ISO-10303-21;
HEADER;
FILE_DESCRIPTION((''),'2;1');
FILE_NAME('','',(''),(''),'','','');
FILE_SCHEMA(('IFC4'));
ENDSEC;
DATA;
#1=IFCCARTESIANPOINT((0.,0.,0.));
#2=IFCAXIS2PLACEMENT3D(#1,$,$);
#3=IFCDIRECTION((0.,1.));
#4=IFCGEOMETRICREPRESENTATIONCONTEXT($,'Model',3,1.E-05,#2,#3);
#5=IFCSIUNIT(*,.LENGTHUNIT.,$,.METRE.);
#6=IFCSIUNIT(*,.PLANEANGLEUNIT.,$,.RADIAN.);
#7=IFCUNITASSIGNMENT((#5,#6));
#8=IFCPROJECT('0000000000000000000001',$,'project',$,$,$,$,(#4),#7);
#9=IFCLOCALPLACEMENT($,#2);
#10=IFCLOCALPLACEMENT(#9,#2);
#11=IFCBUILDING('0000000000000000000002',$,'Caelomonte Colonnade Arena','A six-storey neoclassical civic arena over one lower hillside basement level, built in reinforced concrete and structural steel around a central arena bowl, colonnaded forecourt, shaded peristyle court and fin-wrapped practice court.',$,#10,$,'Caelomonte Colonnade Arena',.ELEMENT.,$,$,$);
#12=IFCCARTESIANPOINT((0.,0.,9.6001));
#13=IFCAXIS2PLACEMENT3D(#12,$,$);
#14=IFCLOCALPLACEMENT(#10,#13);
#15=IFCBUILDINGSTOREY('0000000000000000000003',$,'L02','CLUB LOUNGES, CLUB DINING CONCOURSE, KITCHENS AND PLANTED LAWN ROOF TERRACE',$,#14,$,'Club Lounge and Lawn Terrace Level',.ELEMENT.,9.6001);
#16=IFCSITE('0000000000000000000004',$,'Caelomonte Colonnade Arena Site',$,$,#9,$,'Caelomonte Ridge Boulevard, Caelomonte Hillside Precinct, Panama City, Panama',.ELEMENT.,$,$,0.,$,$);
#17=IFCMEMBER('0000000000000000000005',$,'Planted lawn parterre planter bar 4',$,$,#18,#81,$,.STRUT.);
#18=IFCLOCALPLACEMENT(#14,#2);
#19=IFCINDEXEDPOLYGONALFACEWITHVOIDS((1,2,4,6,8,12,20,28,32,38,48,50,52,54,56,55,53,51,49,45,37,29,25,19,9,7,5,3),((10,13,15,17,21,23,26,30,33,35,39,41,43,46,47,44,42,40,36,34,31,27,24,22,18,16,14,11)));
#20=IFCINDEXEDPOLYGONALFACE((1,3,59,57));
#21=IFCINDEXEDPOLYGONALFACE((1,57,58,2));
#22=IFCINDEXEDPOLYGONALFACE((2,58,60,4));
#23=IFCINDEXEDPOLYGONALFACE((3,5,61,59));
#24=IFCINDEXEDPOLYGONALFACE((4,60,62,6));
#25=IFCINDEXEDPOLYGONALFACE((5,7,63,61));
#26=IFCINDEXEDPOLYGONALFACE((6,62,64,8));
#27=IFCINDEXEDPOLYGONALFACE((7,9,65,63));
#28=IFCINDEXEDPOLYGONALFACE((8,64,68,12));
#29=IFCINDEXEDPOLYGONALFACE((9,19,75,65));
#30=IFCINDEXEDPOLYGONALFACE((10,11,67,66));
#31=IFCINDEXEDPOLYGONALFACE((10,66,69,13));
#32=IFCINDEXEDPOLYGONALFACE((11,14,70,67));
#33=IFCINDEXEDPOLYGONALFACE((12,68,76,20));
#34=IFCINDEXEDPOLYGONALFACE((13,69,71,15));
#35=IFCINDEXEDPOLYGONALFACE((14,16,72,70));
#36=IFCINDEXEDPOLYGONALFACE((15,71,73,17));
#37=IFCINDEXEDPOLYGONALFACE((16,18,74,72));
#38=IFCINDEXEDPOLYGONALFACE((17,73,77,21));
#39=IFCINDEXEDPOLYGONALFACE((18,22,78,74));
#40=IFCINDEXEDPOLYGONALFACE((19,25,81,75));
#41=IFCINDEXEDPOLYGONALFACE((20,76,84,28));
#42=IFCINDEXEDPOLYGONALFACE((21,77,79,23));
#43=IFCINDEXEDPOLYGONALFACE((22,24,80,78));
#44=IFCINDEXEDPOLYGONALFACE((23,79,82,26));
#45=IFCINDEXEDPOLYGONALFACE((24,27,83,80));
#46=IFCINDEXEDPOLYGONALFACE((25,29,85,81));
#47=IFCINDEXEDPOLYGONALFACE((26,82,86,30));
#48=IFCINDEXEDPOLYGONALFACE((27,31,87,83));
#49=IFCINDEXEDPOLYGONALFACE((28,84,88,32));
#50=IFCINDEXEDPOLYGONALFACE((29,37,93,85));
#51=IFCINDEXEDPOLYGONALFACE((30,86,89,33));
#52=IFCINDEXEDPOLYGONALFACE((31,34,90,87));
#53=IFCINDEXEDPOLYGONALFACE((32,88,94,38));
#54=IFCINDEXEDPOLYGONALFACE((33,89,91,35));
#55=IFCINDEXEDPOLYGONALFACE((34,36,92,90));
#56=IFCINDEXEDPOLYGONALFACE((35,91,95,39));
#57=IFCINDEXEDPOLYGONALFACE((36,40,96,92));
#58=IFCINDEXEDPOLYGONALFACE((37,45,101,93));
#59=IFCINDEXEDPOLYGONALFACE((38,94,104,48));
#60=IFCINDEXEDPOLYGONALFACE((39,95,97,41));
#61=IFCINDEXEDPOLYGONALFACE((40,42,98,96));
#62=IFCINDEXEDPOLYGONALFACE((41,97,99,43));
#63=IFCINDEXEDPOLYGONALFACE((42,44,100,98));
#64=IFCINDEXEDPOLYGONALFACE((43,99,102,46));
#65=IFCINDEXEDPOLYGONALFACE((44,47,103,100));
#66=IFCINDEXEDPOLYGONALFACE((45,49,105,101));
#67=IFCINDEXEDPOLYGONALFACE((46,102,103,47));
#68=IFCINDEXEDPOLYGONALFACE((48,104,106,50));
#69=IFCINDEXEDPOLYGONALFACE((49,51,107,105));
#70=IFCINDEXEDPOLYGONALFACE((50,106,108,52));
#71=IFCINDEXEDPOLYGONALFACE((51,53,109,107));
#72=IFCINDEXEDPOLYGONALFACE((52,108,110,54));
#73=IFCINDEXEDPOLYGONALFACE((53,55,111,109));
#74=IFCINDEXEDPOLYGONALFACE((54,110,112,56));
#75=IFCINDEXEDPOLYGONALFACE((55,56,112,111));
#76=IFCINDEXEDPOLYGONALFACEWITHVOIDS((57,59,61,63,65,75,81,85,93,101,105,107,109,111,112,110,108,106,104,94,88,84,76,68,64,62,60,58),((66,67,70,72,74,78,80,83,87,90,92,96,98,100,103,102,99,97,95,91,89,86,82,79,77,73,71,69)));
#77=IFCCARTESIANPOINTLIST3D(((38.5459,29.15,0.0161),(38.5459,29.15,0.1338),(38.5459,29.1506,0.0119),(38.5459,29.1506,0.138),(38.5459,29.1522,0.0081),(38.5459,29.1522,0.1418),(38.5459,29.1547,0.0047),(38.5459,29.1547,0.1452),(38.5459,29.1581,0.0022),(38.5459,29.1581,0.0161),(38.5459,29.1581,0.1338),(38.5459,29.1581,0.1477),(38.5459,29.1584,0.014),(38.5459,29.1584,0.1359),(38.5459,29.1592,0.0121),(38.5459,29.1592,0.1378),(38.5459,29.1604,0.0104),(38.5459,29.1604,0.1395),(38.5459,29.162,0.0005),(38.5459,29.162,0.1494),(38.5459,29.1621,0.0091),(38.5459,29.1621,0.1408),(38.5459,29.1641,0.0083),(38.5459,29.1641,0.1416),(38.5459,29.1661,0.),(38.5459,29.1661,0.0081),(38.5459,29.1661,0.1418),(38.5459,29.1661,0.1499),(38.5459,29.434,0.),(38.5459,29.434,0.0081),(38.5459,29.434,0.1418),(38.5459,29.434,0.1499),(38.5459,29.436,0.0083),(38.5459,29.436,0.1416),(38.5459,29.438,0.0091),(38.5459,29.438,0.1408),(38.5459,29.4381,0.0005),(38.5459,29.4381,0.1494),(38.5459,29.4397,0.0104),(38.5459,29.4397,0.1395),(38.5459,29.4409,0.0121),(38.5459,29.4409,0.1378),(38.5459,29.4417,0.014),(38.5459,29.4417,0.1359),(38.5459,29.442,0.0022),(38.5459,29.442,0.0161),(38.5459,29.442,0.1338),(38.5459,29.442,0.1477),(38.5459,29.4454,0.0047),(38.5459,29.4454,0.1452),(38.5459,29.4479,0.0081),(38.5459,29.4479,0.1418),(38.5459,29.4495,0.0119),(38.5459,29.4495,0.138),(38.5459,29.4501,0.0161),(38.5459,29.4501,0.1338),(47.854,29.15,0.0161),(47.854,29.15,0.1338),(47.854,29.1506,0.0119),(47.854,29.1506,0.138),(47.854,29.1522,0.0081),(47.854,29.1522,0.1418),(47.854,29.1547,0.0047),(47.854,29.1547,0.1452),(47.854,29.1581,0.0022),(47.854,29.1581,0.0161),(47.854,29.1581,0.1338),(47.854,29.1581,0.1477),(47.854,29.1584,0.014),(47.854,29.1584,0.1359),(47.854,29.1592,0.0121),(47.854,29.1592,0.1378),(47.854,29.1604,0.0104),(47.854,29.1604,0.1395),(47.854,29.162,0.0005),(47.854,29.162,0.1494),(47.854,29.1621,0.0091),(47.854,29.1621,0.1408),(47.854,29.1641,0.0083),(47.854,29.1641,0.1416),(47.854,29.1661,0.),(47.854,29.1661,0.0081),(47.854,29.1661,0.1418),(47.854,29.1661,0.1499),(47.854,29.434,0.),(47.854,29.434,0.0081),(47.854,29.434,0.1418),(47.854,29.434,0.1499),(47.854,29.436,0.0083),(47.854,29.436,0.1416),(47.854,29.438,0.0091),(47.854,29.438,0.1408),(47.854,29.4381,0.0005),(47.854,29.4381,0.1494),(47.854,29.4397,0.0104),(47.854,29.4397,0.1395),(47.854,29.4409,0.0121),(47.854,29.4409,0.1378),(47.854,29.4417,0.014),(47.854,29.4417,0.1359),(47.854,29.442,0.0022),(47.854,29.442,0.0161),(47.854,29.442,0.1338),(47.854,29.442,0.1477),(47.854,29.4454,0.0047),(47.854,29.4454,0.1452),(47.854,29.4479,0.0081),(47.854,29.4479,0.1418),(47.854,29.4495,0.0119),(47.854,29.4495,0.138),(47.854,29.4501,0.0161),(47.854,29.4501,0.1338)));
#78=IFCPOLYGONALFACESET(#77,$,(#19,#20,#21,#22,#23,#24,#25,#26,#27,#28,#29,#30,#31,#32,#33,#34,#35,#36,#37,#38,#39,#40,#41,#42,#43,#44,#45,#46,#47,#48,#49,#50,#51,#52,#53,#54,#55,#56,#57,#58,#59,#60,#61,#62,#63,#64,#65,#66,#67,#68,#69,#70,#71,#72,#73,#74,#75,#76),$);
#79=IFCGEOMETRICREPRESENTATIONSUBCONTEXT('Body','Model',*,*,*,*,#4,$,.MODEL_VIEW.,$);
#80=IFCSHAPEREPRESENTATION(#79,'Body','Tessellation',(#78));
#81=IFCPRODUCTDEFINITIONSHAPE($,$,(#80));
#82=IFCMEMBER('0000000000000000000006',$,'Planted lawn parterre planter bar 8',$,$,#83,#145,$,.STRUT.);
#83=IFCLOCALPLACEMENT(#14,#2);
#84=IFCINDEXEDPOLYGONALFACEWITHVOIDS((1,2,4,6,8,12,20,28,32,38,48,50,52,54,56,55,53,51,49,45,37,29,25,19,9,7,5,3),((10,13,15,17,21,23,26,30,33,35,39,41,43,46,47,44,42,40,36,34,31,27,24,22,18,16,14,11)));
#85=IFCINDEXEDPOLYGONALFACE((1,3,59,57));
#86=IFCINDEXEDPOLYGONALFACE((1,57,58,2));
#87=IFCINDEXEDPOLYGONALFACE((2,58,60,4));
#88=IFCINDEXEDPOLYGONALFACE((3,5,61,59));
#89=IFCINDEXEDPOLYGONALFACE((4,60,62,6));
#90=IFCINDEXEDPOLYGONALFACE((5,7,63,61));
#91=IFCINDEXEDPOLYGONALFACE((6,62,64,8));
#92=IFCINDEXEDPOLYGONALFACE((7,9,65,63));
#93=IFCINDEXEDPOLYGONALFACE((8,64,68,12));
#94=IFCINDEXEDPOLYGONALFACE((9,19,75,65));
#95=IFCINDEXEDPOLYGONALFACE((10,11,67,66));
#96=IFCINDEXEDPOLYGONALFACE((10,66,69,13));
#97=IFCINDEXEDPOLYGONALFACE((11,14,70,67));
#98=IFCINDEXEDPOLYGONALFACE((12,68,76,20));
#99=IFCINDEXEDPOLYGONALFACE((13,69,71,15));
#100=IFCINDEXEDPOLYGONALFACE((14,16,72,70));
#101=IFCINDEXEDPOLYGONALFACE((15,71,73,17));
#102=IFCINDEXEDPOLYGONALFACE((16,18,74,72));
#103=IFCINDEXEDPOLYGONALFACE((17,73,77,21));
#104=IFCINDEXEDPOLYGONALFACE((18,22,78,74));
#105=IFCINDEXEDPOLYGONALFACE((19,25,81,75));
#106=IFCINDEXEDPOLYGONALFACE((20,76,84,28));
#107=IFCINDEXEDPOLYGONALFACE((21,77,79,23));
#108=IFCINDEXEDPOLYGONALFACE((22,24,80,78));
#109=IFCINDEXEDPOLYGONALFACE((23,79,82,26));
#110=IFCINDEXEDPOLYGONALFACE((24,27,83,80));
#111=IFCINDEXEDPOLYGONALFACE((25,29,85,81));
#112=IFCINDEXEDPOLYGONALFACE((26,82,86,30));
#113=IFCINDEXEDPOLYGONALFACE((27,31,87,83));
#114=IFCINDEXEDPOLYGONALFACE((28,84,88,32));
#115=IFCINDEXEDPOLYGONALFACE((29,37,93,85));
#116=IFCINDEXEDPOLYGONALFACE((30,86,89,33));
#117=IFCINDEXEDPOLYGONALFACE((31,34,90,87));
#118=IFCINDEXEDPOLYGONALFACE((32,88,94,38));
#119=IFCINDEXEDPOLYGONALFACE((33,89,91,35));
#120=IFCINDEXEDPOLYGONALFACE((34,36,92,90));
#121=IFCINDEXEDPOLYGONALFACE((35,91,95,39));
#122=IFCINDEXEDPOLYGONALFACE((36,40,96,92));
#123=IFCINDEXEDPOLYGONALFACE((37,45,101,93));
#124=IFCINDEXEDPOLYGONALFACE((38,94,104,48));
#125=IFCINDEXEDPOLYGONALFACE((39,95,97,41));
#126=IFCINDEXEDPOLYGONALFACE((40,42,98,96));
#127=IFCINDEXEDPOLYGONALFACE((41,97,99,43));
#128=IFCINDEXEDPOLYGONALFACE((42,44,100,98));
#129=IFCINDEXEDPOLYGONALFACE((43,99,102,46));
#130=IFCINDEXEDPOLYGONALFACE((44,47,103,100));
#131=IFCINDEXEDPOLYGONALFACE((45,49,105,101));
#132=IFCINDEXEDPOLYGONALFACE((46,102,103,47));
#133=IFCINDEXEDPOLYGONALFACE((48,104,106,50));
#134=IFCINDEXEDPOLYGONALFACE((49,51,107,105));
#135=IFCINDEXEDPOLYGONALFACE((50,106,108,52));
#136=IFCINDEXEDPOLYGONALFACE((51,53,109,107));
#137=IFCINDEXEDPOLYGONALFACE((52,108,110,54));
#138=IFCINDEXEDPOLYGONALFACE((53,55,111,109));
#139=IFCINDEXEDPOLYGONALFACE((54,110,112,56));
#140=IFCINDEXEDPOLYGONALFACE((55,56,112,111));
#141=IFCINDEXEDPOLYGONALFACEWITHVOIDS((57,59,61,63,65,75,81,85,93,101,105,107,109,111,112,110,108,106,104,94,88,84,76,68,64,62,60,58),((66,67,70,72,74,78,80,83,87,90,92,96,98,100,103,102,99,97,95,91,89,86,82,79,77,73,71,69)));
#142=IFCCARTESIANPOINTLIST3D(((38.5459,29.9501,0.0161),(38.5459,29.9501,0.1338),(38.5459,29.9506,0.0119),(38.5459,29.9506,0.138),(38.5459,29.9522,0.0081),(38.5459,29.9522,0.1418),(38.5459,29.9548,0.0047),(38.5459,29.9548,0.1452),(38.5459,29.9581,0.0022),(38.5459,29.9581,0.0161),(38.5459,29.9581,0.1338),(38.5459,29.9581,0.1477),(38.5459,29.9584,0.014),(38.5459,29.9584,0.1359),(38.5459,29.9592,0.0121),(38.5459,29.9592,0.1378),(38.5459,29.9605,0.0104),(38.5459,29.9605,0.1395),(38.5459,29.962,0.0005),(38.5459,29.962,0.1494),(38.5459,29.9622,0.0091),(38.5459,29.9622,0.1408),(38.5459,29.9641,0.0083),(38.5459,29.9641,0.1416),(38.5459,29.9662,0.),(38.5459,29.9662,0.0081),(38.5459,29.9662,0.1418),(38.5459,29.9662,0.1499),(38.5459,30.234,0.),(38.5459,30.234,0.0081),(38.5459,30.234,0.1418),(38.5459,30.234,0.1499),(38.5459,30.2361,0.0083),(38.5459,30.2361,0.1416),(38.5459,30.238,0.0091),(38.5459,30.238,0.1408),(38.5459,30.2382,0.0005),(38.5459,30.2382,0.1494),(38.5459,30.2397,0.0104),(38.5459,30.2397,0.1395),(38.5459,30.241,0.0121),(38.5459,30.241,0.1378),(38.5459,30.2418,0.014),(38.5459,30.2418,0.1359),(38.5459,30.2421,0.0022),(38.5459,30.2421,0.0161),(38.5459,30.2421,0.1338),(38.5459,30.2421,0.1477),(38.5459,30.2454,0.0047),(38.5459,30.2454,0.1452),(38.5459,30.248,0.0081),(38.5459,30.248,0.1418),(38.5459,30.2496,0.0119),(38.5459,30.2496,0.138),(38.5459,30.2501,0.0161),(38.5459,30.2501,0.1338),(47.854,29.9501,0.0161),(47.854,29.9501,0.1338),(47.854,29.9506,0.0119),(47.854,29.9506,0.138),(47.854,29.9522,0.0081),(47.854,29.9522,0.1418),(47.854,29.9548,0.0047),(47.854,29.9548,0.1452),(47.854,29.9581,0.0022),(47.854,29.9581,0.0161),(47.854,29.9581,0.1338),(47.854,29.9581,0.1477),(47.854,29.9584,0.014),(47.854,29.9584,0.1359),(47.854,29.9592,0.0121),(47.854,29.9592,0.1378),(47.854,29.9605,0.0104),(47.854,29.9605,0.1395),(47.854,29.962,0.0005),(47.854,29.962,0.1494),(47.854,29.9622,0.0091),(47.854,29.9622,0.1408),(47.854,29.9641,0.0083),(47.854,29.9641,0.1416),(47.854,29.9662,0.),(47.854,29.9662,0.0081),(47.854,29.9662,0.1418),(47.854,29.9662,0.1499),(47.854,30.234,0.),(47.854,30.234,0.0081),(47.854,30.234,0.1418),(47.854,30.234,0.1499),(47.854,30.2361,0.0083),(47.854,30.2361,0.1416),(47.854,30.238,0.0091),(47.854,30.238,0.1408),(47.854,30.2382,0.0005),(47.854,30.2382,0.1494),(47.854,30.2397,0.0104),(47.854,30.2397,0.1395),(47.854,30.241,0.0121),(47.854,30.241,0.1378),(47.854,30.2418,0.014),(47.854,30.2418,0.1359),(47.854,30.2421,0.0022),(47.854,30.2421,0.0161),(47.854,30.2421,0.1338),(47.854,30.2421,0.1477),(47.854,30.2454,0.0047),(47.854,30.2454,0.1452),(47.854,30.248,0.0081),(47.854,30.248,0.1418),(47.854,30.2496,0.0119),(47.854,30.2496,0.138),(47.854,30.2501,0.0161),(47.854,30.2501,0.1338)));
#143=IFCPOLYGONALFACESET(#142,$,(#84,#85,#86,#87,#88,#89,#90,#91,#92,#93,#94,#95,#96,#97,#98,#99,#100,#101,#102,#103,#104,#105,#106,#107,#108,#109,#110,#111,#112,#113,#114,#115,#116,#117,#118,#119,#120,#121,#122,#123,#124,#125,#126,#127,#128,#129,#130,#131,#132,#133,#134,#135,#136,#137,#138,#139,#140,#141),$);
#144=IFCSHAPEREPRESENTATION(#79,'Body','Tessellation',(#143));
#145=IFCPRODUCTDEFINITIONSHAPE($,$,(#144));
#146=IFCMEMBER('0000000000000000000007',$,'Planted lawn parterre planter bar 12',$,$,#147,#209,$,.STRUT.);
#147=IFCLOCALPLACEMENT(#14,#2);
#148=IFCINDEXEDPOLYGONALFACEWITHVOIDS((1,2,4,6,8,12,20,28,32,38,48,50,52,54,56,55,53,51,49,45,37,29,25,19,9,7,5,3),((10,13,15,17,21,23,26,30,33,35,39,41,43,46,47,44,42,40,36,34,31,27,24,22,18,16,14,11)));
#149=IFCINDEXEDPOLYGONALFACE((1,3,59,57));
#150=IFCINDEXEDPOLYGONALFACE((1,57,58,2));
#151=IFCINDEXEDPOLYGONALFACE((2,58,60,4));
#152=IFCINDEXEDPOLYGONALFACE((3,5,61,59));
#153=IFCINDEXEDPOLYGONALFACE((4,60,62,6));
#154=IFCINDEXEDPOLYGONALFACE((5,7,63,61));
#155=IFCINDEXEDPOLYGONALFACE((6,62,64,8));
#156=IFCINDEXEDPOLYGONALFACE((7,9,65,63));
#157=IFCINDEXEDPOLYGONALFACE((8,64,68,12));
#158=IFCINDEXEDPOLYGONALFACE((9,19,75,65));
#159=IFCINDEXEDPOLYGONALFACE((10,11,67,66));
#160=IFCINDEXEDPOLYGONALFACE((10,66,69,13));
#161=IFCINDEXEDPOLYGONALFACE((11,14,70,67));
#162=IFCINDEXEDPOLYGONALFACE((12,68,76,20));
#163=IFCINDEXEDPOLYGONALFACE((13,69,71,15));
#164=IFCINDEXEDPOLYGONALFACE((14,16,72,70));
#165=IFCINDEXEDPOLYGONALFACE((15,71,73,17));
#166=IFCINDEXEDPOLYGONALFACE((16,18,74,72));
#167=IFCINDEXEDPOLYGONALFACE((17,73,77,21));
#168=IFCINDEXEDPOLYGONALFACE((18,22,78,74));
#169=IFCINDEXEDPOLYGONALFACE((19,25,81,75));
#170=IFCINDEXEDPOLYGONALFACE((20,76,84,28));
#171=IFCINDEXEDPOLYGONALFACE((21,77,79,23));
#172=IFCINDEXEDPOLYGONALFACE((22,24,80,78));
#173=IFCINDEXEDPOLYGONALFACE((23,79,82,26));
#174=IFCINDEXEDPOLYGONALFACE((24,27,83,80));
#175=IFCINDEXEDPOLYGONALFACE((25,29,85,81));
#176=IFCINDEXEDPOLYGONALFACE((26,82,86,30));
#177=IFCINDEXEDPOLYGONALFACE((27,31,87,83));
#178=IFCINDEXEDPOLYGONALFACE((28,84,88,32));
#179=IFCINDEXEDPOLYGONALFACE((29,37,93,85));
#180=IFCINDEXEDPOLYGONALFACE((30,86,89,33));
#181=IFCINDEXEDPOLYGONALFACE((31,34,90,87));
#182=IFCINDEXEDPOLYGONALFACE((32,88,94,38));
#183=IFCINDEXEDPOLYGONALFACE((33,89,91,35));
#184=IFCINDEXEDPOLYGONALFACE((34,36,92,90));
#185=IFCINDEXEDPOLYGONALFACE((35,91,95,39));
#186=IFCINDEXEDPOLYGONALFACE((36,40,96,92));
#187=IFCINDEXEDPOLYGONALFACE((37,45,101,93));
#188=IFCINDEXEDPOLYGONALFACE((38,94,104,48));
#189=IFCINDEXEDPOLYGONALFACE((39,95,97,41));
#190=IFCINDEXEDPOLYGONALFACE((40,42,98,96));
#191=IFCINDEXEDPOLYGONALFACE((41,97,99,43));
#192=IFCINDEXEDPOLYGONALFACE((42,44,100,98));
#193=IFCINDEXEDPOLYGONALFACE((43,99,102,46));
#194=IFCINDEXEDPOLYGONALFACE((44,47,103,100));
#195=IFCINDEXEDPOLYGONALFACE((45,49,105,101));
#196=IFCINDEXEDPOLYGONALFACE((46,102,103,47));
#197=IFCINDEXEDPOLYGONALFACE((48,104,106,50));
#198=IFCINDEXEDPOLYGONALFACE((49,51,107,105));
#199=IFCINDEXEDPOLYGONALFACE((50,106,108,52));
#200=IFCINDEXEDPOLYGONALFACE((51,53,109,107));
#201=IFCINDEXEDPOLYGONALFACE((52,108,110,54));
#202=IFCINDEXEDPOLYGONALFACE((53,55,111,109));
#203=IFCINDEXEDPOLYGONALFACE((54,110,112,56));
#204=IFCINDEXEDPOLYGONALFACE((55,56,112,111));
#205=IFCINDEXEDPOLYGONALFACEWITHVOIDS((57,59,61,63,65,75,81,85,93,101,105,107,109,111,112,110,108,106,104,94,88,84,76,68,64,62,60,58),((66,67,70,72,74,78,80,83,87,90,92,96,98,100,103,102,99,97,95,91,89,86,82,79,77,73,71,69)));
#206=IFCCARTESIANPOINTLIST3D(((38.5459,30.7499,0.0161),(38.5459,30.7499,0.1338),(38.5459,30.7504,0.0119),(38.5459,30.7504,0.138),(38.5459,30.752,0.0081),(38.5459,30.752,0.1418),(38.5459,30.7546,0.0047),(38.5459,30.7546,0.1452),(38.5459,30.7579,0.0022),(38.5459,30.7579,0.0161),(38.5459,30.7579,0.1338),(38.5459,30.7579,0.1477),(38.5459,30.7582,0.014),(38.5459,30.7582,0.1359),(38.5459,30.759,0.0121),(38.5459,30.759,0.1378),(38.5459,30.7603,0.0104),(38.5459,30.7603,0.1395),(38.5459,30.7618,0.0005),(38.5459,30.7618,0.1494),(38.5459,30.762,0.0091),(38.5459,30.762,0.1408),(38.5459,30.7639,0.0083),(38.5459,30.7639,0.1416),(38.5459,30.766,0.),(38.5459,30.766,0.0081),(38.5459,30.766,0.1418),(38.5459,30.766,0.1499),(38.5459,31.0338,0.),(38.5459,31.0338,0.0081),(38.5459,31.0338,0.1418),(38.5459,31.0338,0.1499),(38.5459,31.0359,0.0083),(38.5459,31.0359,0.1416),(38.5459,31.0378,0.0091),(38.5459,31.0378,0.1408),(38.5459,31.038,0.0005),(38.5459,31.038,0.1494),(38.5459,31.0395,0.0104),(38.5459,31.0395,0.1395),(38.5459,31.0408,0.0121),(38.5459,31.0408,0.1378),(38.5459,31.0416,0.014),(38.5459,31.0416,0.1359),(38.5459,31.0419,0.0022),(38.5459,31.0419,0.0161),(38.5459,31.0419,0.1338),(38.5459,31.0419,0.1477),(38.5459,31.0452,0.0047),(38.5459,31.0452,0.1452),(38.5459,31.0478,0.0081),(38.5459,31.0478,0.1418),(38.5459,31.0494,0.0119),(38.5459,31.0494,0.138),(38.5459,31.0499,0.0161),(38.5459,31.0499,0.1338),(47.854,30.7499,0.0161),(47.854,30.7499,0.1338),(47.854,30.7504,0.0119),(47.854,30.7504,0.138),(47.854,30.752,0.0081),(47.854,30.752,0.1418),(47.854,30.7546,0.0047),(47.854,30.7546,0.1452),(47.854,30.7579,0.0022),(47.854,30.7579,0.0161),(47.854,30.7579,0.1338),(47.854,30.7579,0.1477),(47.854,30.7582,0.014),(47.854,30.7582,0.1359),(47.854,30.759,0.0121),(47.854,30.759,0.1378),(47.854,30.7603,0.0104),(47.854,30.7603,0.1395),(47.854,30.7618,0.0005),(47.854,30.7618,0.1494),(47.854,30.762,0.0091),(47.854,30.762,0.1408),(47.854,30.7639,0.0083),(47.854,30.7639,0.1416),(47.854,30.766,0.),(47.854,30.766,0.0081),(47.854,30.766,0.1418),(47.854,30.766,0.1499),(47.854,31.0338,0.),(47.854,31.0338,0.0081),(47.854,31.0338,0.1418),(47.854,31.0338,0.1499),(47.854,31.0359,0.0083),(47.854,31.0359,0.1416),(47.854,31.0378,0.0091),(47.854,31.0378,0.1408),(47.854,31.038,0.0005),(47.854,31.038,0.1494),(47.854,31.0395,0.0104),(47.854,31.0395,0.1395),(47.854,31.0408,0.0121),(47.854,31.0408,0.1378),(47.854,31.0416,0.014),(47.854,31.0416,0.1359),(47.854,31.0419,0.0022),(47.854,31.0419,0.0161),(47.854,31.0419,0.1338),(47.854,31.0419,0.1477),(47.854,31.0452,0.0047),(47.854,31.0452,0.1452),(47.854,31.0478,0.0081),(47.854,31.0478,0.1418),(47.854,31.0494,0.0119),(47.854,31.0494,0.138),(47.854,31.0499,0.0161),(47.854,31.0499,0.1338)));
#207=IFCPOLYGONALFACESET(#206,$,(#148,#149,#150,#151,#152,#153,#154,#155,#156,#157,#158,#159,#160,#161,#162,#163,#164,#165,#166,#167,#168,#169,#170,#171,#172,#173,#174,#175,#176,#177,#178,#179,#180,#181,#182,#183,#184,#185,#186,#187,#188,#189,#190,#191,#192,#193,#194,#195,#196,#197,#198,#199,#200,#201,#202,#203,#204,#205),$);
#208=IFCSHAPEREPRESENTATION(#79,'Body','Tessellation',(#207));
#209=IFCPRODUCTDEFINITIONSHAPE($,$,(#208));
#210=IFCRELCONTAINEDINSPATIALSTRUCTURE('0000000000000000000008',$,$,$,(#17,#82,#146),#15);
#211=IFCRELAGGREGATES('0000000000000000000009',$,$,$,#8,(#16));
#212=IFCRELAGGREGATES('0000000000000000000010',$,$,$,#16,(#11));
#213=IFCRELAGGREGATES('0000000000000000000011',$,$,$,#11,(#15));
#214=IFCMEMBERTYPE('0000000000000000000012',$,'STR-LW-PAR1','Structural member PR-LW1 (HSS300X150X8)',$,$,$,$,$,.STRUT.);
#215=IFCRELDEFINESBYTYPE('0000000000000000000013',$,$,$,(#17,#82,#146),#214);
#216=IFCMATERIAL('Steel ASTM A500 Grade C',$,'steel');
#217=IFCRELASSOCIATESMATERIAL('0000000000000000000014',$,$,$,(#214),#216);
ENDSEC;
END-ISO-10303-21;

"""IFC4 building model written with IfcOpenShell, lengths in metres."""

from ifc_helpers import new_model, si_unit, direction, frame, origin, origin_2d, place, context, subcontext, project, spatial, hollow_rectangle, extrude, material, material_profile, profile_set, type_object, element, save


model = new_model("IFC4")

# Units and contexts
model_context = context("Model", 3, precision=1e-05, world=origin(), true_north=direction((0.0, 1.0)))
body_context = subcontext(model_context, "Body", "Model", "MODEL_VIEW")
ifc_project = project(units=[si_unit("LENGTHUNIT", "METRE"), si_unit("PLANEANGLEUNIT", "RADIAN")], contexts=[model_context])

# Site, building, storey
site_placement = place(None, origin())
site = spatial("IfcSite", under=ifc_project, at=site_placement, Name="Caelomonte Colonnade Arena Site", LongName="Caelomonte Ridge Boulevard, Caelomonte Hillside Precinct, Panama City, Panama", CompositionType="ELEMENT", RefElevation=0.0)
building_placement = place(site_placement, origin())
building = spatial("IfcBuilding", under=site, at=building_placement, Name="Caelomonte Colonnade Arena", Description="A six-storey neoclassical civic arena over one lower hillside basement level, built in reinforced concrete and structural steel around a central arena bowl, colonnaded forecourt, shaded peristyle court and fin-wrapped practice court.", LongName="Caelomonte Colonnade Arena", CompositionType="ELEMENT")
storey_placement = place(building_placement, frame((0.0, 0.0, 9.6001)))
storey = spatial("IfcBuildingStorey", under=building, at=storey_placement, Name="L02", Description="CLUB LOUNGES, CLUB DINING CONCOURSE, KITCHENS AND PLANTED LAWN ROOF TERRACE", LongName="Club Lounge and Lawn Terrace Level", CompositionType="ELEMENT", Elevation=9.6001)

# Members
ifc_material_1 = material(Name="Steel ASTM A500 Grade C", Category="steel")
ifc_material_profile_1 = material_profile(ifc_material_1, hollow_rectangle(XDim=0.3, YDim=0.1499, WallThickness=0.0081, InnerFilletRadius=0.0081, OuterFilletRadius=0.0161, at=origin_2d()), Name="HSS300X150X8")
ifc_profile_set_1 = profile_set([ifc_material_profile_1], Name="Steel ASTM A500 Grade C")
member_type = type_object("IfcMemberType", Name="STR-LW-PAR1", Description="Structural member PR-LW1 (HSS300X150X8)", PredefinedType="STRUT", material=ifc_profile_set_1)
for number, where, z_axis, x_axis, name in (
    (1, (38.5459, 29.3, 0.075), (1.0, 0.0, 0.0), (0.0, 1.0, 0.0), "Planted lawn parterre planter bar 4"),
    (2, (38.5459, 30.1001, 0.075), (1.0, 0.0, 0.0), (0.0, 1.0, 0.0), "Planted lawn parterre planter bar 8"),
    (3, (38.5459, 30.8999, 0.075), (1.0, 0.0, 0.0), (0.0, 1.0, 0.0), "Planted lawn parterre planter bar 12"),
):
    element("IfcMember", number, at=place(storey_placement, frame(where, z_axis=z_axis, x_axis=x_axis)), inside=storey, type_object=member_type, Name=name, PredefinedType="STRUT", context=body_context, shape_type="SweptSolid", body=[
        extrude(hollow_rectangle(XDim=0.3, YDim=0.1499, WallThickness=0.0081, InnerFilletRadius=0.0081, OuterFilletRadius=0.0161, at=origin_2d()), origin(), (0.0, 0.0, 1.0), 9.3081),
    ])

save(model, "model.ifc")
